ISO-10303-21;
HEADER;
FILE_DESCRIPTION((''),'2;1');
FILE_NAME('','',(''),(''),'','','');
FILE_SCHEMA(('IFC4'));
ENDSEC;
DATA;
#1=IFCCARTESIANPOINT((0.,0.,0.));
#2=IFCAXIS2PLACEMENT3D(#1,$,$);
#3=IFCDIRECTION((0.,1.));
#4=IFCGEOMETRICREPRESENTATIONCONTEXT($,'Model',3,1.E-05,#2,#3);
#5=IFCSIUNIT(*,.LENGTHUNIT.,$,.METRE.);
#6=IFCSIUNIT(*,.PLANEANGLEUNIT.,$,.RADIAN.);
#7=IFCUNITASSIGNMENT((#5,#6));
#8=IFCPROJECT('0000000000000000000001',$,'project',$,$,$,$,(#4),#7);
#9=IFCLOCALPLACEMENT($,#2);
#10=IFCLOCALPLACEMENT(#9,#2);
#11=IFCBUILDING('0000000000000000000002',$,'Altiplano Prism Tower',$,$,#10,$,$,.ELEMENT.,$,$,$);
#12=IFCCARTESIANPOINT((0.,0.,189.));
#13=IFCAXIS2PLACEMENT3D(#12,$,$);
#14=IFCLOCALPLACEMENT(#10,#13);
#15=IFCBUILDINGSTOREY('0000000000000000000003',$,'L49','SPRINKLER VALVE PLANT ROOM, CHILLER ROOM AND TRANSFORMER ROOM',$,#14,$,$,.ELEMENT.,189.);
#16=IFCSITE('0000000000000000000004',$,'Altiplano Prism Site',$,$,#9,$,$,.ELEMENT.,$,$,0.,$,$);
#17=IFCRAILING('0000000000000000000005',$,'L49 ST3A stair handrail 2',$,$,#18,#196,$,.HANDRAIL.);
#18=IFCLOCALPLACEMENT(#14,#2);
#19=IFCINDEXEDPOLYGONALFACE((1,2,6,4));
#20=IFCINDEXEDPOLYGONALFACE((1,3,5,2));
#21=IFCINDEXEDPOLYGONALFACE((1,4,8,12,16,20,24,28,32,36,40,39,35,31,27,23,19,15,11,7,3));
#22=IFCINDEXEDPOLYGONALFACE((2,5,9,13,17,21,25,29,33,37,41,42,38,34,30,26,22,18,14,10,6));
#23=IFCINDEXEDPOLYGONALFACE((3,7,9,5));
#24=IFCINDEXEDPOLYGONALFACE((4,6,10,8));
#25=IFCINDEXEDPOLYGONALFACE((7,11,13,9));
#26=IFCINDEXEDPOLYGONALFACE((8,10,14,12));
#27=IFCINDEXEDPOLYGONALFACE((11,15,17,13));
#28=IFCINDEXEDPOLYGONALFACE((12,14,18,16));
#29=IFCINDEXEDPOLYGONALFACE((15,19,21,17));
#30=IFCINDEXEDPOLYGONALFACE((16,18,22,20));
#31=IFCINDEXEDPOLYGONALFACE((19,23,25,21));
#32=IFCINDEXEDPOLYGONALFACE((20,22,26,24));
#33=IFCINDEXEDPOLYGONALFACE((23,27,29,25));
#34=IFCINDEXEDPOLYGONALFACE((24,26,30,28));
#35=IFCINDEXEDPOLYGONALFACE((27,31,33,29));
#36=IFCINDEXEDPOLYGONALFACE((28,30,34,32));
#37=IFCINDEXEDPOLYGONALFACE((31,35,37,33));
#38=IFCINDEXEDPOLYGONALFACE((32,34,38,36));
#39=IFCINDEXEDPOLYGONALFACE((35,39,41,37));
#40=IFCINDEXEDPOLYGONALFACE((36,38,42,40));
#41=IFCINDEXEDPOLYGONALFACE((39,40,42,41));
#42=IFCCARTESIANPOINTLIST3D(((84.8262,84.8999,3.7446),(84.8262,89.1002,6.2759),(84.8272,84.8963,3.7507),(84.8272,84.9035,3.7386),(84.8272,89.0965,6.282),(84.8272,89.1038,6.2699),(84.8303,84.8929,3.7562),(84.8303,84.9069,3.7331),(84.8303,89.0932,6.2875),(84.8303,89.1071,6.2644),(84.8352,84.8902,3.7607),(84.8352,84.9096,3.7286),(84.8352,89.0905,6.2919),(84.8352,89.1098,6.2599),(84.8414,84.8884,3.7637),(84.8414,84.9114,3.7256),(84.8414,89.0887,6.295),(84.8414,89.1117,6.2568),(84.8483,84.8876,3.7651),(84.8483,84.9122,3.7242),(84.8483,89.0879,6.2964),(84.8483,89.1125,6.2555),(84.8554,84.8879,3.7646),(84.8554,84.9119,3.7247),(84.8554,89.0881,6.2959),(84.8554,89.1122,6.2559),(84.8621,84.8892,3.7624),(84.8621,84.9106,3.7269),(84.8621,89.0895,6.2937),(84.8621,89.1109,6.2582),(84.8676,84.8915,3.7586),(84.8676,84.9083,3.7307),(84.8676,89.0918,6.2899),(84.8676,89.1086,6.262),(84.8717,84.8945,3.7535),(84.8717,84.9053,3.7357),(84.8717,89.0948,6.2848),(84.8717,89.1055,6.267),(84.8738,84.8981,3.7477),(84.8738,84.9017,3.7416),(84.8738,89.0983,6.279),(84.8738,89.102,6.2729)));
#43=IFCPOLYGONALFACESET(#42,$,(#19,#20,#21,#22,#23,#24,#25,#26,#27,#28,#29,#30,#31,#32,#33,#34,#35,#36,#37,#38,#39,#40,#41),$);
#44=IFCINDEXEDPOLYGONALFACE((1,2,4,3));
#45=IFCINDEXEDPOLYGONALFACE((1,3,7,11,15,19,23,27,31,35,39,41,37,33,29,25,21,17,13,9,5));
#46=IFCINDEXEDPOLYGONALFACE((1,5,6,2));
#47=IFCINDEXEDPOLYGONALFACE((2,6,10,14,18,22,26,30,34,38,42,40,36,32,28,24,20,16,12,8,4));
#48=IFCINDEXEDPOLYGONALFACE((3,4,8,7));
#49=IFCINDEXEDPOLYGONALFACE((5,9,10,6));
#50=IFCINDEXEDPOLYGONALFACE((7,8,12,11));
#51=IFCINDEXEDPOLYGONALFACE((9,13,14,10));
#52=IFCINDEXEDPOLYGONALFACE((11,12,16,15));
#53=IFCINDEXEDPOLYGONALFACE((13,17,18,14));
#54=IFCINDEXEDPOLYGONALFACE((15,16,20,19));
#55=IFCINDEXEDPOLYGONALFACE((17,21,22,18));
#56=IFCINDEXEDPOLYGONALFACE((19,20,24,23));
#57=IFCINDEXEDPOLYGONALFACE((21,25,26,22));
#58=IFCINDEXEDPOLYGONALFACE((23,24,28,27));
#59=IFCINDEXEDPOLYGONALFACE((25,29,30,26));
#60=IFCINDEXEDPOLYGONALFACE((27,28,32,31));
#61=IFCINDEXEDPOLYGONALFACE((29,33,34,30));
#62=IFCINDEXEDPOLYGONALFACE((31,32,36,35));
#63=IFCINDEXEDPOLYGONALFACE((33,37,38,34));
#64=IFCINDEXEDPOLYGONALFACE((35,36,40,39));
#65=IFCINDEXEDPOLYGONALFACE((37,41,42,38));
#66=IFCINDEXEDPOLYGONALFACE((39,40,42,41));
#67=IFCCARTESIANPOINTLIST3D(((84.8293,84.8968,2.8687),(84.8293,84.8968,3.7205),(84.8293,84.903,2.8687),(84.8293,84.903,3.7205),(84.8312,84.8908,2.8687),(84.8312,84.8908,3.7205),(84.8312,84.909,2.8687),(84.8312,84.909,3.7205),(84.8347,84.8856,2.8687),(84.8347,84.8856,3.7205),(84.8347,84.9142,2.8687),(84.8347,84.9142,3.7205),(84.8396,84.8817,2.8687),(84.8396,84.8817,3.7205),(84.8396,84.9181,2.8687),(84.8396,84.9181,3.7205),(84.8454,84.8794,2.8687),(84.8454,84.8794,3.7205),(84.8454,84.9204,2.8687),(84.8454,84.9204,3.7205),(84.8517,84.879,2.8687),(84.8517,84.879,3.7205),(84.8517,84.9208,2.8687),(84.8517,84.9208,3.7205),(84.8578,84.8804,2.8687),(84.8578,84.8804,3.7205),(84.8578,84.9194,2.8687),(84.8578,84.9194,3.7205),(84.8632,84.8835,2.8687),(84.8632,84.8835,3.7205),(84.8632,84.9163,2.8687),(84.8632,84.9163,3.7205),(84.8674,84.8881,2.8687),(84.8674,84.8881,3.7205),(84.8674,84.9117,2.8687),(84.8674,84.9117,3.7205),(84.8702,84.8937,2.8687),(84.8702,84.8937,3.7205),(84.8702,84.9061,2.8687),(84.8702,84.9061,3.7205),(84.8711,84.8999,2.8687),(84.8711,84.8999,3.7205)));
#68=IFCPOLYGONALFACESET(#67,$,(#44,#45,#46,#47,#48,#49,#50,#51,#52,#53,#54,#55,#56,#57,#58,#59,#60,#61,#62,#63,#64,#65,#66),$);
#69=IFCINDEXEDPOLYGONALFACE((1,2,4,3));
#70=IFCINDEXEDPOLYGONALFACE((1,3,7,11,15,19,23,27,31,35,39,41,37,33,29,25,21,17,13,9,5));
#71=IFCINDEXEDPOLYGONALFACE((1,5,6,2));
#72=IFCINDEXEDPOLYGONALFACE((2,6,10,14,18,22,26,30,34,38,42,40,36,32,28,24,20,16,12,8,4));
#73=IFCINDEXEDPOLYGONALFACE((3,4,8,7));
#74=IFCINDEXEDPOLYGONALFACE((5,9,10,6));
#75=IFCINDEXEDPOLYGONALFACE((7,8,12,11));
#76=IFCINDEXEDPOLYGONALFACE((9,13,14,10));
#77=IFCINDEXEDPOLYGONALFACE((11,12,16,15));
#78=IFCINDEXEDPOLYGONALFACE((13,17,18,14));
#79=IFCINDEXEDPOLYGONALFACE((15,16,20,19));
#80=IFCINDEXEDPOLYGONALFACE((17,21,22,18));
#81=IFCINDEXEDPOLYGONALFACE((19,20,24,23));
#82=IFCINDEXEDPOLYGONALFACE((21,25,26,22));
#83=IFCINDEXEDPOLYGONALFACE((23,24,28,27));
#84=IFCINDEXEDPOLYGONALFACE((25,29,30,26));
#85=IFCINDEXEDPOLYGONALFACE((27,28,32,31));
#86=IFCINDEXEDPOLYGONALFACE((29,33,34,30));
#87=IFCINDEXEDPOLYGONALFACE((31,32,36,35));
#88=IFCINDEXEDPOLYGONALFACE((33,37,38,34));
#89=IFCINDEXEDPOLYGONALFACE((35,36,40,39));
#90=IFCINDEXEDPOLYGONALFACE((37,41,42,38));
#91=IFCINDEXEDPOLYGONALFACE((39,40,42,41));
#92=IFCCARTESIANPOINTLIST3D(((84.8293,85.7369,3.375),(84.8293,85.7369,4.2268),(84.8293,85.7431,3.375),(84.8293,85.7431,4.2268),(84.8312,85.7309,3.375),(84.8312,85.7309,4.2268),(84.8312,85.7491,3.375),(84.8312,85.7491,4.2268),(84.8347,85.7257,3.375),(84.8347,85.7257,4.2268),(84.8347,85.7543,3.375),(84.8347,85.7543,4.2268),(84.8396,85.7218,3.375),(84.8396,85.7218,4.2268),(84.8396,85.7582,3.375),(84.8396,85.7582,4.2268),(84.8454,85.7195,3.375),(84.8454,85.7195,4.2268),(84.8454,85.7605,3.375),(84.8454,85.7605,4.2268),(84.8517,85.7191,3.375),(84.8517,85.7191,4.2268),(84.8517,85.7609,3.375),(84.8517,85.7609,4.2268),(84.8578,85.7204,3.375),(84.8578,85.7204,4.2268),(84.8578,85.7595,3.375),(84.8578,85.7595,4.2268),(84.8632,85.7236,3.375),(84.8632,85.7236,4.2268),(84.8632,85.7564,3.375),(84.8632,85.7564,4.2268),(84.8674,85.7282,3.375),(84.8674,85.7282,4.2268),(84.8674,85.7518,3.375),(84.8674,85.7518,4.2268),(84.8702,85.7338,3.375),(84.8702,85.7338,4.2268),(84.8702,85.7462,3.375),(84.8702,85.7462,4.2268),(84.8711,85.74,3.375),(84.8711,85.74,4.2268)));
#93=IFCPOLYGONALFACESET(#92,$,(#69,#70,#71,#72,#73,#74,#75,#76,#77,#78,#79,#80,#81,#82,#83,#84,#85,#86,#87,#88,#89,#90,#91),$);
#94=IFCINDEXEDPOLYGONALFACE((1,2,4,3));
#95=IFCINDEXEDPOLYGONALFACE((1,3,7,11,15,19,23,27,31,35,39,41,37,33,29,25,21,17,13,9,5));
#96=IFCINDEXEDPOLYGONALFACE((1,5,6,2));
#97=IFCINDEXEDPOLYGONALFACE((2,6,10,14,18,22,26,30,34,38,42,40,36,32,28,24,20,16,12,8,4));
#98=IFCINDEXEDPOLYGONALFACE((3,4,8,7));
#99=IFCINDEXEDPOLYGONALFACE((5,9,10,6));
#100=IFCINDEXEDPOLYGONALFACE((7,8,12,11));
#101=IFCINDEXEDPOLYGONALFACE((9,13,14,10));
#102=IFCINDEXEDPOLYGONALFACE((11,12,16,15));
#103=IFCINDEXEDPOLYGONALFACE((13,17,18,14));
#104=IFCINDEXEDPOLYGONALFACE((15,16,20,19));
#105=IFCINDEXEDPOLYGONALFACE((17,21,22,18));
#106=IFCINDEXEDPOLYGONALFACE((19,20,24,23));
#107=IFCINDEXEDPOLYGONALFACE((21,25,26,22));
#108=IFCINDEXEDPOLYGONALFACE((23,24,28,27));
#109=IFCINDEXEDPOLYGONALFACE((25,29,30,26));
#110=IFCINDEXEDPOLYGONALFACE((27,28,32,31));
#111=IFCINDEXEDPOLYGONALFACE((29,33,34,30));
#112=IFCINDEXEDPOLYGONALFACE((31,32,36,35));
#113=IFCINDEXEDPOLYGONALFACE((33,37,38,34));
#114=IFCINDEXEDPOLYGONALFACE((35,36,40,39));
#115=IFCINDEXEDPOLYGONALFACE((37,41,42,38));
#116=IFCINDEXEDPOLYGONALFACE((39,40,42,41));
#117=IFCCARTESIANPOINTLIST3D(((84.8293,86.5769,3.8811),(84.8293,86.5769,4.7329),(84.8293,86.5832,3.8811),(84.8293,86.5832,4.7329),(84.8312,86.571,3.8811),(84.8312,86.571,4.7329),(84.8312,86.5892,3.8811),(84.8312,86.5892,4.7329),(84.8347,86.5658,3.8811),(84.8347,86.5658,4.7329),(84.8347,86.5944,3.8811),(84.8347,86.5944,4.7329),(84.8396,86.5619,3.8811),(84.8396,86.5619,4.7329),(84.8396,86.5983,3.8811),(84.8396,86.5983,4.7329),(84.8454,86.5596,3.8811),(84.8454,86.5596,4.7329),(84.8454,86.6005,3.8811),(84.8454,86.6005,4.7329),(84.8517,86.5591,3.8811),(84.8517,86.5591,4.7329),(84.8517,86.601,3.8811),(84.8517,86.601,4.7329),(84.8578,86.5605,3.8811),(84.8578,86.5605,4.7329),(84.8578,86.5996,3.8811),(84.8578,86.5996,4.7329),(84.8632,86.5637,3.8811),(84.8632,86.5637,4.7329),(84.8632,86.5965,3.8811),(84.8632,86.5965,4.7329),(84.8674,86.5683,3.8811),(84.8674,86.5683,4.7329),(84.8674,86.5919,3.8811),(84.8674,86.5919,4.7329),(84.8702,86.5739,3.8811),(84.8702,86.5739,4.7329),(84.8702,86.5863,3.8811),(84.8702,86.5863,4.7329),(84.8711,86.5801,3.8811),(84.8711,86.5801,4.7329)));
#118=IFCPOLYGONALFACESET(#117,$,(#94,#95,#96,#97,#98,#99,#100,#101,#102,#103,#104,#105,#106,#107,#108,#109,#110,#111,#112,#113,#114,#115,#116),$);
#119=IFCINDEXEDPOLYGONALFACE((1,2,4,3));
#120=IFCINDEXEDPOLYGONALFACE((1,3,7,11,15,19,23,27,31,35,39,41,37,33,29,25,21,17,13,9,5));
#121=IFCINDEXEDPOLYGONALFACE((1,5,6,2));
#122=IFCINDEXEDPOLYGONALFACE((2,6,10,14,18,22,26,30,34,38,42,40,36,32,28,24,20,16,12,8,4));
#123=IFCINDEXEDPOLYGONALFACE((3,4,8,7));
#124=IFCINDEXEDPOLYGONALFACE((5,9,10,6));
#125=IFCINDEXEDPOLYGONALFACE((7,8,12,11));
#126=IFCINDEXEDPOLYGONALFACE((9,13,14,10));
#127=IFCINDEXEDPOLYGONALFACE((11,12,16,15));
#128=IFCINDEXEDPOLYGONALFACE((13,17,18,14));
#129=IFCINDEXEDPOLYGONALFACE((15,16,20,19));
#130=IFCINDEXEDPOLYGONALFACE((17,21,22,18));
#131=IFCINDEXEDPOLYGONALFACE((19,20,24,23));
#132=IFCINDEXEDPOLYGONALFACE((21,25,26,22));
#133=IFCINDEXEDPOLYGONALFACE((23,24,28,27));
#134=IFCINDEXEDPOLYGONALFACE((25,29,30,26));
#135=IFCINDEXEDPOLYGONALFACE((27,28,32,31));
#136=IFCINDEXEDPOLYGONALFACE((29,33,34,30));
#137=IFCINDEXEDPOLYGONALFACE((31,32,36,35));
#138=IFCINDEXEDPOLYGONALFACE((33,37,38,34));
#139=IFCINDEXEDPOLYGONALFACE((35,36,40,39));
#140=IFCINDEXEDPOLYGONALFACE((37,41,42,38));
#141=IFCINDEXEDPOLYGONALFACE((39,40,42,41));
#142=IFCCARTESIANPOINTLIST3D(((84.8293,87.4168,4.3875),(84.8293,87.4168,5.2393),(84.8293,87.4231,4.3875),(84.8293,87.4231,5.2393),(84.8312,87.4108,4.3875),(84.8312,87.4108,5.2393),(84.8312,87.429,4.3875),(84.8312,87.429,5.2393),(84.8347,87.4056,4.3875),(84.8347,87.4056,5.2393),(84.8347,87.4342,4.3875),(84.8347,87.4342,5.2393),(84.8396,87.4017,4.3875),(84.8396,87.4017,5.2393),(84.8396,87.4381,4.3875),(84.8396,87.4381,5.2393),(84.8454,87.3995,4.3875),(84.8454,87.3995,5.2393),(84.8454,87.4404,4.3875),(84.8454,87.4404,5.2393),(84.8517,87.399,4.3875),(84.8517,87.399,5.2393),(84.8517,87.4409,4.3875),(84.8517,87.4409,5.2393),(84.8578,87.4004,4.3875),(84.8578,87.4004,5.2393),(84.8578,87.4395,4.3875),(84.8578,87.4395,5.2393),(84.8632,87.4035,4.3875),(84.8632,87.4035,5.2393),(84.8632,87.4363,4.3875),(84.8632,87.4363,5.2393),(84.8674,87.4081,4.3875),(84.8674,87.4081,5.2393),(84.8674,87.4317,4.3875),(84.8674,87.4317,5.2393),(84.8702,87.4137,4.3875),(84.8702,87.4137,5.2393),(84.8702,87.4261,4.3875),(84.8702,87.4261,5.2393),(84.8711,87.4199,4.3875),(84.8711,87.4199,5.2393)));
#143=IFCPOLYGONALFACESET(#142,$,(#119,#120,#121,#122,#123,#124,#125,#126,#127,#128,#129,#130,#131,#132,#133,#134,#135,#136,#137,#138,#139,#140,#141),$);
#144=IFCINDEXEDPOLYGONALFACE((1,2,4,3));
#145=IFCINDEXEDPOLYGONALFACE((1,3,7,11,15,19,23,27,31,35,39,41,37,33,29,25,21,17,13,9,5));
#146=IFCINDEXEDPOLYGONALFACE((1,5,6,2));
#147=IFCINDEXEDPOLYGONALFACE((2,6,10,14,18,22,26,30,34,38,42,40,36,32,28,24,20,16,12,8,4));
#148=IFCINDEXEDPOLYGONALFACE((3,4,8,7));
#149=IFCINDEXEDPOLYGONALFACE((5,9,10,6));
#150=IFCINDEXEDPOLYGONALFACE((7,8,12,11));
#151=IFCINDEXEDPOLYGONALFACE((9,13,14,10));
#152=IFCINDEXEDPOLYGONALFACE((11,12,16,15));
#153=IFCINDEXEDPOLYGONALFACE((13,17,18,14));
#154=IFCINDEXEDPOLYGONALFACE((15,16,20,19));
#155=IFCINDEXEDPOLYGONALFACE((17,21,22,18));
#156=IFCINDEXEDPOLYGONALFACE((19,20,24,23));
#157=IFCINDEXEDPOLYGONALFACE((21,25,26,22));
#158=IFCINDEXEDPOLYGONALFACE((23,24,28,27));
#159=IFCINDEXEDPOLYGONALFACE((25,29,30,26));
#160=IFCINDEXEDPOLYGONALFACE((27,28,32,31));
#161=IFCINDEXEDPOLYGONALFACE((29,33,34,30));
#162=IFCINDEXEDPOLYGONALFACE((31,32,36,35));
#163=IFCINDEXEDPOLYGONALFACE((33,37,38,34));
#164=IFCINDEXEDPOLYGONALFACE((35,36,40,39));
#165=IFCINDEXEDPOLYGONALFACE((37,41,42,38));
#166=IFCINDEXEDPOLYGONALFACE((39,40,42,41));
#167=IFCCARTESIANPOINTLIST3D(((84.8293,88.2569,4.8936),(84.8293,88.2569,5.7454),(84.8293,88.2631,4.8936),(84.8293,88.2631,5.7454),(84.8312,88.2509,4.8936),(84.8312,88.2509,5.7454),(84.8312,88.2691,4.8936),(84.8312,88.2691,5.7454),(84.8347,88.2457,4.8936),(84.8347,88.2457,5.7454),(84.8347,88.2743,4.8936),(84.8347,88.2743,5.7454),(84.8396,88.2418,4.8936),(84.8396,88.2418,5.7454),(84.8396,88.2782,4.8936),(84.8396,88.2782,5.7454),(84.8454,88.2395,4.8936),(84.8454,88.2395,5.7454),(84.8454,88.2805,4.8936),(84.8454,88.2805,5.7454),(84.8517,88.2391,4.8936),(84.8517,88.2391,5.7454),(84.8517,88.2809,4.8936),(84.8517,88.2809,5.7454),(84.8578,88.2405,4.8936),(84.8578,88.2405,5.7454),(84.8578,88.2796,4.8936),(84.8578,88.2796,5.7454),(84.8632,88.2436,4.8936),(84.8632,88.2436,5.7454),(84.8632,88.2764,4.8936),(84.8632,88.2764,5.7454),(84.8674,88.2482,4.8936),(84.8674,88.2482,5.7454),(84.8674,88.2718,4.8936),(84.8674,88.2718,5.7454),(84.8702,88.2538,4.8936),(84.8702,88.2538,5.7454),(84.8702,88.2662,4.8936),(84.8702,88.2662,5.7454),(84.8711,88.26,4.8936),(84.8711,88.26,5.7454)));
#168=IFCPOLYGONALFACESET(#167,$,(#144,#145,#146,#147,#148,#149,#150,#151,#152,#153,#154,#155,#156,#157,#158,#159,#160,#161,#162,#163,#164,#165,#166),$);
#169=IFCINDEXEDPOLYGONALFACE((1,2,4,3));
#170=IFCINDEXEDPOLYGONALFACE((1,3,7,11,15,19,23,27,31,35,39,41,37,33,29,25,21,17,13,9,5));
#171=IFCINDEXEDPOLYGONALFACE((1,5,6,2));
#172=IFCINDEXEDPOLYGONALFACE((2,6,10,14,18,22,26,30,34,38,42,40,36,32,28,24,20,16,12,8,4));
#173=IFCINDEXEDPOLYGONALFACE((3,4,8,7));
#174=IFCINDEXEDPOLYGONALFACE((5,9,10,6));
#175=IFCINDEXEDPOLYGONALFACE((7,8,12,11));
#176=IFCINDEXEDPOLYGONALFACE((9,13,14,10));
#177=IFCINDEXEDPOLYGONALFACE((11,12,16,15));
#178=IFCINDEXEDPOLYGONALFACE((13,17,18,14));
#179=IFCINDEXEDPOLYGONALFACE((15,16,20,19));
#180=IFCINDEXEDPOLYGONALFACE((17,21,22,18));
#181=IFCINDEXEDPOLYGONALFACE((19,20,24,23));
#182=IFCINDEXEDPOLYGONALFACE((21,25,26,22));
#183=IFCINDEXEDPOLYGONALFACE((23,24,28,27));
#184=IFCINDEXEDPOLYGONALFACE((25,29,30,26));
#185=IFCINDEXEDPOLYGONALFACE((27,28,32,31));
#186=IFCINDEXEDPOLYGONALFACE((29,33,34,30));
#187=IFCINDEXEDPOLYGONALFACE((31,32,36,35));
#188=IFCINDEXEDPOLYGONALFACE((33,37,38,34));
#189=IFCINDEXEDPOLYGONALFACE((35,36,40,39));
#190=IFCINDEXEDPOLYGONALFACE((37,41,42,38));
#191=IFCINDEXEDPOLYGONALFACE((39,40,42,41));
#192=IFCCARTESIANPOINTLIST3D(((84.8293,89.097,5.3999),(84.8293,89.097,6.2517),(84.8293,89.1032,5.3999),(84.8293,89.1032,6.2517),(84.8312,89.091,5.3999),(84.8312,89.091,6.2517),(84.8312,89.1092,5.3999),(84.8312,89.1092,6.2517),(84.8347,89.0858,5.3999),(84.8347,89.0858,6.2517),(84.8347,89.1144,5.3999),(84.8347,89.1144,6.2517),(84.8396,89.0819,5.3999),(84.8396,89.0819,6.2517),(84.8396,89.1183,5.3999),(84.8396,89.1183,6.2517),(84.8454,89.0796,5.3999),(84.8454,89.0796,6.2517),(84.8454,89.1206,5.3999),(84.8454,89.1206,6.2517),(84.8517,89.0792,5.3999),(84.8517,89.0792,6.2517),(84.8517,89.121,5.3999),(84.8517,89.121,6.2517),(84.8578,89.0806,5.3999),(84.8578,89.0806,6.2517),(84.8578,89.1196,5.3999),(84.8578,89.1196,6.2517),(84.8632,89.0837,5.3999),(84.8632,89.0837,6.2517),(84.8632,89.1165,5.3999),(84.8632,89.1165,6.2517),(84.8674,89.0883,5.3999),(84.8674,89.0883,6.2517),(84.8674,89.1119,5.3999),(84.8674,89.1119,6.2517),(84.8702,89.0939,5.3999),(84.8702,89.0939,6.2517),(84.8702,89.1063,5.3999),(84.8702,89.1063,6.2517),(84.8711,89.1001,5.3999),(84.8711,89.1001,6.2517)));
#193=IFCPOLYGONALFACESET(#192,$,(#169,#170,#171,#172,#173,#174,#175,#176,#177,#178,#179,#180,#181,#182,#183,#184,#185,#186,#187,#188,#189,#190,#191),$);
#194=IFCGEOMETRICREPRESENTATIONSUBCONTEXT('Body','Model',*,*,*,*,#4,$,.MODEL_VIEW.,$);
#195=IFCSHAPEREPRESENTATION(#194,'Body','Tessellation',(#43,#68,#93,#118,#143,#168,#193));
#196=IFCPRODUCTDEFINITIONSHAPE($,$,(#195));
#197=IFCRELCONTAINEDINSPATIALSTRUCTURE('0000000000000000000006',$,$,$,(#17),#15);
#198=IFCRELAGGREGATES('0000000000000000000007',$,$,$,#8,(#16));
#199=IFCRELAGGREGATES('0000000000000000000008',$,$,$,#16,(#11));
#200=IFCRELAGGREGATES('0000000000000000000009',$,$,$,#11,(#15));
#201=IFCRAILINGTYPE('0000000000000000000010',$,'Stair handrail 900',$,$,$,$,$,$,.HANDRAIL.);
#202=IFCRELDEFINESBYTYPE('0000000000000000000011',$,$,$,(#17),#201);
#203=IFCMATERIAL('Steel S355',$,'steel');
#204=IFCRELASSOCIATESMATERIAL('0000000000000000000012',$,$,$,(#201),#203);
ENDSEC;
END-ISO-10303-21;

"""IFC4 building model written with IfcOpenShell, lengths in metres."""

from ifc_helpers import new_model, si_unit, direction, frame, origin, origin_2d, place, context, subcontext, project, spatial, circle, extrude, material, type_object, element, save


model = new_model("IFC4")

# Units and contexts
model_context = context("Model", 3, precision=1e-05, world=origin(), true_north=direction((0.0, 1.0)))
body_context = subcontext(model_context, "Body", "Model", "MODEL_VIEW")
ifc_project = project(units=[si_unit("LENGTHUNIT", "METRE"), si_unit("PLANEANGLEUNIT", "RADIAN")], contexts=[model_context])

# Site, building, storey
site_placement = place(None, origin())
site = spatial("IfcSite", under=ifc_project, at=site_placement, Name="Altiplano Prism Site", CompositionType="ELEMENT", RefElevation=0.0)
building_placement = place(site_placement, origin())
building = spatial("IfcBuilding", under=site, at=building_placement, Name="Altiplano Prism Tower", CompositionType="ELEMENT")
storey_placement = place(building_placement, frame((0.0, 0.0, 189.0)))
storey = spatial("IfcBuildingStorey", under=building, at=storey_placement, Name="L49", Description="SPRINKLER VALVE PLANT ROOM, CHILLER ROOM AND TRANSFORMER ROOM", CompositionType="ELEMENT", Elevation=189.0)

# Shared definitions
ifc_material_1 = material(Name="Steel S355", Category="steel")

# Railing
railing_type = type_object("IfcRailingType", Name="Stair handrail 900", PredefinedType="HANDRAIL", material=ifc_material_1)
for number, where, name in (
    (1, (84.8501, 84.8999, 2.8687), "L49 ST3A stair handrail 2"),
):
    element("IfcRailing", number, at=place(storey_placement, frame(where)), inside=storey, type_object=railing_type, Name=name, PredefinedType="HANDRAIL", context=body_context, shape_type="SweptSolid", body=[
        extrude(circle(Radius=0.0239, at=origin_2d()), frame((0.0, 0.0, 0.876), z_axis=(0.0, 0.85649, 0.516164), x_axis=(-1.0, 0.0, 0.0)), (0.0, 0.0, 1.0), 4.9041),
        extrude(circle(Radius=0.021, at=origin_2d()), origin(), (0.0, 0.0, 1.0), 0.8518),
        extrude(circle(Radius=0.021, at=origin_2d()), frame((0.0, 0.8401, 0.5063)), (0.0, 0.0, 1.0), 0.8518),
        extrude(circle(Radius=0.021, at=origin_2d()), frame((0.0, 1.6802, 1.0125)), (0.0, 0.0, 1.0), 0.8518),
        extrude(circle(Radius=0.021, at=origin_2d()), frame((0.0, 2.52, 1.5188)), (0.0, 0.0, 1.0), 0.8518),
        extrude(circle(Radius=0.021, at=origin_2d()), frame((0.0, 3.3601, 2.0249)), (0.0, 0.0, 1.0), 0.8518),
        extrude(circle(Radius=0.021, at=origin_2d()), frame((0.0, 4.2002, 2.5312)), (0.0, 0.0, 1.0), 0.8518),
    ])

save(model, "model.ifc")
